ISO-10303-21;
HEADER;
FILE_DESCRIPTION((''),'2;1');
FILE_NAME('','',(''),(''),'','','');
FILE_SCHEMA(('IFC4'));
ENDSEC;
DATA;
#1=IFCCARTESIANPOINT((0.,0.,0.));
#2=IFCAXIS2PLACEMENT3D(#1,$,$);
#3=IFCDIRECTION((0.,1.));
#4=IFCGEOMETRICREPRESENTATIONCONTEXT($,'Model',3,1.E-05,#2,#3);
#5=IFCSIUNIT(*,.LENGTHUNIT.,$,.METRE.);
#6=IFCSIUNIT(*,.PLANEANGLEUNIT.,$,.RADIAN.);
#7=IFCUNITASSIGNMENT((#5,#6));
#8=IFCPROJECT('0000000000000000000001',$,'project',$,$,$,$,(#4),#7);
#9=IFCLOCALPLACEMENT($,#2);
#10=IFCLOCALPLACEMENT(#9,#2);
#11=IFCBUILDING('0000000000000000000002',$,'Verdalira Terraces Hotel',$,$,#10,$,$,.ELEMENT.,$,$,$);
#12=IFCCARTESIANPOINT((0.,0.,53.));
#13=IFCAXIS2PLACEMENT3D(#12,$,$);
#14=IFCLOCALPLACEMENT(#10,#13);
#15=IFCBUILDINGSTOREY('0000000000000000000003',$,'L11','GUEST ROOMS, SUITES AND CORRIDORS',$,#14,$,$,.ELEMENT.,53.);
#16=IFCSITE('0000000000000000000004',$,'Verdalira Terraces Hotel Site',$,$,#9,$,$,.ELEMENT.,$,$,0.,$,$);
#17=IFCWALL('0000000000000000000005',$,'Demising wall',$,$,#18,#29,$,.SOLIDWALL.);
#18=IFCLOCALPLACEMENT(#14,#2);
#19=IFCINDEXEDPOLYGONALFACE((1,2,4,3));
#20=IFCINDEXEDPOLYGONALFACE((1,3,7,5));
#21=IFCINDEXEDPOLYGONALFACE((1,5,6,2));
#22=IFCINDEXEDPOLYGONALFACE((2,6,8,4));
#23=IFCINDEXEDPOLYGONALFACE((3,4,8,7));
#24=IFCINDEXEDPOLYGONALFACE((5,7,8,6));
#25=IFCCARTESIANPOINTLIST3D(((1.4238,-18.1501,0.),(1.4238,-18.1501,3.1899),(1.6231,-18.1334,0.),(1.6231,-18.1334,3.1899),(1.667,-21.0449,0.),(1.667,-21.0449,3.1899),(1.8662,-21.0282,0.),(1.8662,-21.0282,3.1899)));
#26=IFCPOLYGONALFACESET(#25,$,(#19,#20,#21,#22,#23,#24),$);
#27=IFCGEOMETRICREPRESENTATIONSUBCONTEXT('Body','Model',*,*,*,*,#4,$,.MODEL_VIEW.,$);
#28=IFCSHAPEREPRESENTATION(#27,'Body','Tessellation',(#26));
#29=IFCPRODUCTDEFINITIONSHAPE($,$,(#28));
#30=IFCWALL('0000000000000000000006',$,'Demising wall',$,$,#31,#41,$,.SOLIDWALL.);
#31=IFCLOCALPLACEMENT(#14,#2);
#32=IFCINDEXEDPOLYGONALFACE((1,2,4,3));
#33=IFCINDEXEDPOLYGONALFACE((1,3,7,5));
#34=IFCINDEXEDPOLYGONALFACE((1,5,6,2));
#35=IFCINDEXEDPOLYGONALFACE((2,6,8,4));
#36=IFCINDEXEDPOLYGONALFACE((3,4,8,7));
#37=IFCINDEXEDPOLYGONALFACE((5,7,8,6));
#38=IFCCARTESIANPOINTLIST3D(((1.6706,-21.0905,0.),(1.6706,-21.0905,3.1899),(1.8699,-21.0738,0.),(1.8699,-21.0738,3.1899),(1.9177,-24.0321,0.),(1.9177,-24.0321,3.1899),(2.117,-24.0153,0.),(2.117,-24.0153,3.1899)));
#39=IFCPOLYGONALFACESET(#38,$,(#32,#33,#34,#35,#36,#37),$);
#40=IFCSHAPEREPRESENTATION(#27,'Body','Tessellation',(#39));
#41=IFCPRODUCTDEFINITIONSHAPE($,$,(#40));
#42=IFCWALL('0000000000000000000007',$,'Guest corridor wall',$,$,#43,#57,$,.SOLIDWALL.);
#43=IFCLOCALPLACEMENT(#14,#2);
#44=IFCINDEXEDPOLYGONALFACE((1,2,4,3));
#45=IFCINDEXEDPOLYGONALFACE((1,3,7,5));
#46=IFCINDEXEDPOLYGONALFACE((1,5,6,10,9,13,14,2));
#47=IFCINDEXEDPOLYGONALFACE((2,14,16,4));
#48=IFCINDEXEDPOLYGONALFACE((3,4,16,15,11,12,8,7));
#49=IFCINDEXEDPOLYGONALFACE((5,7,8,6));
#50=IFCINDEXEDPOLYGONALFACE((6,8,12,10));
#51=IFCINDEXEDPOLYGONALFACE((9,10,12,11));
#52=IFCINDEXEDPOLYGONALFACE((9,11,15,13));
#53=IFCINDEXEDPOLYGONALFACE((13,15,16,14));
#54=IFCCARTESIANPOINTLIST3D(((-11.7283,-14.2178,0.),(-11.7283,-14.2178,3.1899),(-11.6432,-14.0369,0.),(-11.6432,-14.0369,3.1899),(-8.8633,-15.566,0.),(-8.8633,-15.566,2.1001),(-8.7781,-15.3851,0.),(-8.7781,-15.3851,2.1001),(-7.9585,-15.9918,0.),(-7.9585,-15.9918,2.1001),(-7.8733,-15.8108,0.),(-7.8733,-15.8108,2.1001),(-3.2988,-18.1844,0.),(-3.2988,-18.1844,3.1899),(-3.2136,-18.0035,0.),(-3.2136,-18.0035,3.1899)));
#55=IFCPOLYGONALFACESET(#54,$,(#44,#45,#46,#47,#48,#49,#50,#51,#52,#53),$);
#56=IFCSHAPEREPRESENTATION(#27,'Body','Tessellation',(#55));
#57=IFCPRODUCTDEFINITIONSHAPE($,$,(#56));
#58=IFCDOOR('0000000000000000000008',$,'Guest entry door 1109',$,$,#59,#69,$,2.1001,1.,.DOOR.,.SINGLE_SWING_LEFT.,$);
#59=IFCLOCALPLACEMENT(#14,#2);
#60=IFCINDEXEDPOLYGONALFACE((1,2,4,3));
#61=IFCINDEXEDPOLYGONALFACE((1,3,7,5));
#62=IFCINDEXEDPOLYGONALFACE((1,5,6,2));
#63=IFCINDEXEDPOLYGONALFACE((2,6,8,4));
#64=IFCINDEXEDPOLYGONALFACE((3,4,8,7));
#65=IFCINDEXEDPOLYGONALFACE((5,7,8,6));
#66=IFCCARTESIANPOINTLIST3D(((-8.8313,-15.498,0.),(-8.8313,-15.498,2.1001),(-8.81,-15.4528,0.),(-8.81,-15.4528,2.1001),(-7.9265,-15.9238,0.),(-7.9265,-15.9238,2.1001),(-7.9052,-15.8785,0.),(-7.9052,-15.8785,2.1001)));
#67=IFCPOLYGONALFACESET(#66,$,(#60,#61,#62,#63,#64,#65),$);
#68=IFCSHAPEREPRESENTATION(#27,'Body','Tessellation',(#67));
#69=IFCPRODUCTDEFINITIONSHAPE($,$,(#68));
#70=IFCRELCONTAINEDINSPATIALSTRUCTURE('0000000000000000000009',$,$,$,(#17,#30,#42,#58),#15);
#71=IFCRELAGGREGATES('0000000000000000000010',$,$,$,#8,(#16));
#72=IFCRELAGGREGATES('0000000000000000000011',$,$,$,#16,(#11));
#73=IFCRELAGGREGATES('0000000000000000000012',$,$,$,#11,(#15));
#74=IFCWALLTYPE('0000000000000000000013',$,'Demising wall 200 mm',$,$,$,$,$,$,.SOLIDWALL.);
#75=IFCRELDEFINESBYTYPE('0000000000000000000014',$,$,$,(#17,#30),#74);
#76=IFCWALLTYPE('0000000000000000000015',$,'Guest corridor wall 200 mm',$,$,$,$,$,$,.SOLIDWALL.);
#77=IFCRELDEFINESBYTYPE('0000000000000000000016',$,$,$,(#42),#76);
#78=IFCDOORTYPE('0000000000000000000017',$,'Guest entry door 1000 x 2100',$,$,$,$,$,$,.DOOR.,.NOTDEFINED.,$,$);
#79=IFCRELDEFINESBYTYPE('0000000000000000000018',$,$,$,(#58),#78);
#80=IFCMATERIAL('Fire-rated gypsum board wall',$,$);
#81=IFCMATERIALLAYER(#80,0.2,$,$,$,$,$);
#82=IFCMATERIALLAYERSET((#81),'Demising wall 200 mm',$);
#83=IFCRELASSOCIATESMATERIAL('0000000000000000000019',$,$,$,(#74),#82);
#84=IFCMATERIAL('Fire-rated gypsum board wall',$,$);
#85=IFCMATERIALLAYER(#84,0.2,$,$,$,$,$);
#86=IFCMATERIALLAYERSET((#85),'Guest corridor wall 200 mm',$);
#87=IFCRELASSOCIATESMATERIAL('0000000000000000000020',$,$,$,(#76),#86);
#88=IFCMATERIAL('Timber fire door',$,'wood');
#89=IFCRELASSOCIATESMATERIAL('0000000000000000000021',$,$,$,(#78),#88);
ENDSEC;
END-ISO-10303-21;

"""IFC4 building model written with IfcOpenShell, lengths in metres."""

from ifc_helpers import new_model, si_unit, direction, frame, frame_2d, origin, place, context, subcontext, project, spatial, rectangle, extrude, material, layer, layer_set, type_object, element, fill, save


model = new_model("IFC4")

# Units and contexts
model_context = context("Model", 3, precision=1e-05, world=origin(), true_north=direction((0.0, 1.0)))
body_context = subcontext(model_context, "Body", "Model", "MODEL_VIEW")
ifc_project = project(units=[si_unit("LENGTHUNIT", "METRE"), si_unit("PLANEANGLEUNIT", "RADIAN")], contexts=[model_context])

# Site, building, storey
site_placement = place(None, origin())
site = spatial("IfcSite", under=ifc_project, at=site_placement, Name="Verdalira Terraces Hotel Site", CompositionType="ELEMENT", RefElevation=0.0)
building_placement = place(site_placement, origin())
building = spatial("IfcBuilding", under=site, at=building_placement, Name="Verdalira Terraces Hotel", CompositionType="ELEMENT")
storey_placement = place(building_placement, frame((0.0, 0.0, 53.0)))
storey = spatial("IfcBuildingStorey", under=building, at=storey_placement, Name="L11", Description="GUEST ROOMS, SUITES AND CORRIDORS", CompositionType="ELEMENT", Elevation=53.0)

# Walls
ifc_material_1 = material(Name="Fire-rated gypsum board wall")
ifc_layer_1 = layer(ifc_material_1, 0.2)
ifc_layer_set_1 = layer_set([ifc_layer_1], Name="Demising wall 200 mm")
wall_type_1 = type_object("IfcWallType", Name="Demising wall 200 mm", PredefinedType="SOLIDWALL", material=ifc_layer_set_1)
wall_1_placement = place(storey_placement, frame((1.5234, -18.1416, 0.0), z_axis=(0.0, 0.0, 1.0), x_axis=(0.083706, -0.99649, 0.0)))
element("IfcWall", 1, at=wall_1_placement, inside=storey, type_object=wall_type_1, Name="Demising wall", PredefinedType="SOLIDWALL", context=body_context, shape_type="SweptSolid", body=[
    extrude(rectangle(XDim=2.905, YDim=0.2, at=frame_2d((1.4526, 0.0))), origin(), (0.0, 0.0, 1.0), 3.1899),
])
wall_2_placement = place(storey_placement, frame((1.7703, -21.082, 0.0), z_axis=(0.0, 0.0, 1.0), x_axis=(0.083696, -0.996491, 0.0)))
element("IfcWall", 2, at=wall_2_placement, inside=storey, type_object=wall_type_1, Name="Demising wall", PredefinedType="SOLIDWALL", context=body_context, shape_type="SweptSolid", body=[
    extrude(rectangle(XDim=2.9519, YDim=0.2, at=frame_2d((1.4761, 0.0))), origin(), (0.0, 0.0, 1.0), 3.1899),
])

# Wall, opening, door
ifc_material_2 = material(Name="Fire-rated gypsum board wall")
ifc_layer_2 = layer(ifc_material_2, 0.2)
ifc_layer_set_2 = layer_set([ifc_layer_2], Name="Guest corridor wall 200 mm")
wall_type_2 = type_object("IfcWallType", Name="Guest corridor wall 200 mm", PredefinedType="SOLIDWALL", material=ifc_layer_set_2)
wall_3_placement = place(storey_placement, frame((-3.2561, -18.094, 0.0), z_axis=(0.0, 0.0, 1.0), x_axis=(-0.904829, 0.425776, 0.0)))
wall_3 = element("IfcWall", 3, at=wall_3_placement, inside=storey, type_object=wall_type_2, Name="Guest corridor wall", PredefinedType="SOLIDWALL", context=body_context, shape_type="SweptSolid", body=[
    extrude(rectangle(XDim=9.3162, YDim=0.2, at=frame_2d((4.6582, 0.0))), origin(), (0.0, 0.0, 1.0), 3.1899),
])
opening_1_placement = place(wall_3_placement, frame((5.1499, 0.0, 0.0)))
opening_1 = element("IfcOpeningElement", 4, at=opening_1_placement, cuts=wall_3, PredefinedType="OPENING", context=body_context, shape_type="SweptSolid", body=[
    extrude(rectangle(XDim=1.0, YDim=2.1001, at=frame_2d((0.5, 1.05))), frame((0.0, 0.1099, 0.0), z_axis=(0.0, -1.0, 0.0), x_axis=(1.0, 0.0, 0.0)), (0.0, 0.0, 1.0), 0.22),
])
ifc_material_3 = material(Name="Timber fire door", Category="wood")
door_type_1 = type_object("IfcDoorType", Name="Guest entry door 1000 x 2100", OperationType="NOTDEFINED", PredefinedType="DOOR", material=ifc_material_3)
door_1_placement = place(opening_1_placement, origin())
door_1 = element("IfcDoor", 5, at=door_1_placement, inside=storey, type_object=door_type_1, Name="Guest entry door 1109", OperationType="SINGLE_SWING_LEFT", OverallHeight=2.1001, OverallWidth=1.0, PredefinedType="DOOR", context=body_context, shape_type="SweptSolid", body=[
    extrude(rectangle(XDim=1.0, YDim=2.1001, at=frame_2d((0.5, 1.05))), frame((0.0, 0.0249, 0.0), z_axis=(0.0, -1.0, 0.0), x_axis=(1.0, 0.0, 0.0)), (0.0, 0.0, 1.0), 0.05),
])
fill(opening_1, door_1)

save(model, "model.ifc")
